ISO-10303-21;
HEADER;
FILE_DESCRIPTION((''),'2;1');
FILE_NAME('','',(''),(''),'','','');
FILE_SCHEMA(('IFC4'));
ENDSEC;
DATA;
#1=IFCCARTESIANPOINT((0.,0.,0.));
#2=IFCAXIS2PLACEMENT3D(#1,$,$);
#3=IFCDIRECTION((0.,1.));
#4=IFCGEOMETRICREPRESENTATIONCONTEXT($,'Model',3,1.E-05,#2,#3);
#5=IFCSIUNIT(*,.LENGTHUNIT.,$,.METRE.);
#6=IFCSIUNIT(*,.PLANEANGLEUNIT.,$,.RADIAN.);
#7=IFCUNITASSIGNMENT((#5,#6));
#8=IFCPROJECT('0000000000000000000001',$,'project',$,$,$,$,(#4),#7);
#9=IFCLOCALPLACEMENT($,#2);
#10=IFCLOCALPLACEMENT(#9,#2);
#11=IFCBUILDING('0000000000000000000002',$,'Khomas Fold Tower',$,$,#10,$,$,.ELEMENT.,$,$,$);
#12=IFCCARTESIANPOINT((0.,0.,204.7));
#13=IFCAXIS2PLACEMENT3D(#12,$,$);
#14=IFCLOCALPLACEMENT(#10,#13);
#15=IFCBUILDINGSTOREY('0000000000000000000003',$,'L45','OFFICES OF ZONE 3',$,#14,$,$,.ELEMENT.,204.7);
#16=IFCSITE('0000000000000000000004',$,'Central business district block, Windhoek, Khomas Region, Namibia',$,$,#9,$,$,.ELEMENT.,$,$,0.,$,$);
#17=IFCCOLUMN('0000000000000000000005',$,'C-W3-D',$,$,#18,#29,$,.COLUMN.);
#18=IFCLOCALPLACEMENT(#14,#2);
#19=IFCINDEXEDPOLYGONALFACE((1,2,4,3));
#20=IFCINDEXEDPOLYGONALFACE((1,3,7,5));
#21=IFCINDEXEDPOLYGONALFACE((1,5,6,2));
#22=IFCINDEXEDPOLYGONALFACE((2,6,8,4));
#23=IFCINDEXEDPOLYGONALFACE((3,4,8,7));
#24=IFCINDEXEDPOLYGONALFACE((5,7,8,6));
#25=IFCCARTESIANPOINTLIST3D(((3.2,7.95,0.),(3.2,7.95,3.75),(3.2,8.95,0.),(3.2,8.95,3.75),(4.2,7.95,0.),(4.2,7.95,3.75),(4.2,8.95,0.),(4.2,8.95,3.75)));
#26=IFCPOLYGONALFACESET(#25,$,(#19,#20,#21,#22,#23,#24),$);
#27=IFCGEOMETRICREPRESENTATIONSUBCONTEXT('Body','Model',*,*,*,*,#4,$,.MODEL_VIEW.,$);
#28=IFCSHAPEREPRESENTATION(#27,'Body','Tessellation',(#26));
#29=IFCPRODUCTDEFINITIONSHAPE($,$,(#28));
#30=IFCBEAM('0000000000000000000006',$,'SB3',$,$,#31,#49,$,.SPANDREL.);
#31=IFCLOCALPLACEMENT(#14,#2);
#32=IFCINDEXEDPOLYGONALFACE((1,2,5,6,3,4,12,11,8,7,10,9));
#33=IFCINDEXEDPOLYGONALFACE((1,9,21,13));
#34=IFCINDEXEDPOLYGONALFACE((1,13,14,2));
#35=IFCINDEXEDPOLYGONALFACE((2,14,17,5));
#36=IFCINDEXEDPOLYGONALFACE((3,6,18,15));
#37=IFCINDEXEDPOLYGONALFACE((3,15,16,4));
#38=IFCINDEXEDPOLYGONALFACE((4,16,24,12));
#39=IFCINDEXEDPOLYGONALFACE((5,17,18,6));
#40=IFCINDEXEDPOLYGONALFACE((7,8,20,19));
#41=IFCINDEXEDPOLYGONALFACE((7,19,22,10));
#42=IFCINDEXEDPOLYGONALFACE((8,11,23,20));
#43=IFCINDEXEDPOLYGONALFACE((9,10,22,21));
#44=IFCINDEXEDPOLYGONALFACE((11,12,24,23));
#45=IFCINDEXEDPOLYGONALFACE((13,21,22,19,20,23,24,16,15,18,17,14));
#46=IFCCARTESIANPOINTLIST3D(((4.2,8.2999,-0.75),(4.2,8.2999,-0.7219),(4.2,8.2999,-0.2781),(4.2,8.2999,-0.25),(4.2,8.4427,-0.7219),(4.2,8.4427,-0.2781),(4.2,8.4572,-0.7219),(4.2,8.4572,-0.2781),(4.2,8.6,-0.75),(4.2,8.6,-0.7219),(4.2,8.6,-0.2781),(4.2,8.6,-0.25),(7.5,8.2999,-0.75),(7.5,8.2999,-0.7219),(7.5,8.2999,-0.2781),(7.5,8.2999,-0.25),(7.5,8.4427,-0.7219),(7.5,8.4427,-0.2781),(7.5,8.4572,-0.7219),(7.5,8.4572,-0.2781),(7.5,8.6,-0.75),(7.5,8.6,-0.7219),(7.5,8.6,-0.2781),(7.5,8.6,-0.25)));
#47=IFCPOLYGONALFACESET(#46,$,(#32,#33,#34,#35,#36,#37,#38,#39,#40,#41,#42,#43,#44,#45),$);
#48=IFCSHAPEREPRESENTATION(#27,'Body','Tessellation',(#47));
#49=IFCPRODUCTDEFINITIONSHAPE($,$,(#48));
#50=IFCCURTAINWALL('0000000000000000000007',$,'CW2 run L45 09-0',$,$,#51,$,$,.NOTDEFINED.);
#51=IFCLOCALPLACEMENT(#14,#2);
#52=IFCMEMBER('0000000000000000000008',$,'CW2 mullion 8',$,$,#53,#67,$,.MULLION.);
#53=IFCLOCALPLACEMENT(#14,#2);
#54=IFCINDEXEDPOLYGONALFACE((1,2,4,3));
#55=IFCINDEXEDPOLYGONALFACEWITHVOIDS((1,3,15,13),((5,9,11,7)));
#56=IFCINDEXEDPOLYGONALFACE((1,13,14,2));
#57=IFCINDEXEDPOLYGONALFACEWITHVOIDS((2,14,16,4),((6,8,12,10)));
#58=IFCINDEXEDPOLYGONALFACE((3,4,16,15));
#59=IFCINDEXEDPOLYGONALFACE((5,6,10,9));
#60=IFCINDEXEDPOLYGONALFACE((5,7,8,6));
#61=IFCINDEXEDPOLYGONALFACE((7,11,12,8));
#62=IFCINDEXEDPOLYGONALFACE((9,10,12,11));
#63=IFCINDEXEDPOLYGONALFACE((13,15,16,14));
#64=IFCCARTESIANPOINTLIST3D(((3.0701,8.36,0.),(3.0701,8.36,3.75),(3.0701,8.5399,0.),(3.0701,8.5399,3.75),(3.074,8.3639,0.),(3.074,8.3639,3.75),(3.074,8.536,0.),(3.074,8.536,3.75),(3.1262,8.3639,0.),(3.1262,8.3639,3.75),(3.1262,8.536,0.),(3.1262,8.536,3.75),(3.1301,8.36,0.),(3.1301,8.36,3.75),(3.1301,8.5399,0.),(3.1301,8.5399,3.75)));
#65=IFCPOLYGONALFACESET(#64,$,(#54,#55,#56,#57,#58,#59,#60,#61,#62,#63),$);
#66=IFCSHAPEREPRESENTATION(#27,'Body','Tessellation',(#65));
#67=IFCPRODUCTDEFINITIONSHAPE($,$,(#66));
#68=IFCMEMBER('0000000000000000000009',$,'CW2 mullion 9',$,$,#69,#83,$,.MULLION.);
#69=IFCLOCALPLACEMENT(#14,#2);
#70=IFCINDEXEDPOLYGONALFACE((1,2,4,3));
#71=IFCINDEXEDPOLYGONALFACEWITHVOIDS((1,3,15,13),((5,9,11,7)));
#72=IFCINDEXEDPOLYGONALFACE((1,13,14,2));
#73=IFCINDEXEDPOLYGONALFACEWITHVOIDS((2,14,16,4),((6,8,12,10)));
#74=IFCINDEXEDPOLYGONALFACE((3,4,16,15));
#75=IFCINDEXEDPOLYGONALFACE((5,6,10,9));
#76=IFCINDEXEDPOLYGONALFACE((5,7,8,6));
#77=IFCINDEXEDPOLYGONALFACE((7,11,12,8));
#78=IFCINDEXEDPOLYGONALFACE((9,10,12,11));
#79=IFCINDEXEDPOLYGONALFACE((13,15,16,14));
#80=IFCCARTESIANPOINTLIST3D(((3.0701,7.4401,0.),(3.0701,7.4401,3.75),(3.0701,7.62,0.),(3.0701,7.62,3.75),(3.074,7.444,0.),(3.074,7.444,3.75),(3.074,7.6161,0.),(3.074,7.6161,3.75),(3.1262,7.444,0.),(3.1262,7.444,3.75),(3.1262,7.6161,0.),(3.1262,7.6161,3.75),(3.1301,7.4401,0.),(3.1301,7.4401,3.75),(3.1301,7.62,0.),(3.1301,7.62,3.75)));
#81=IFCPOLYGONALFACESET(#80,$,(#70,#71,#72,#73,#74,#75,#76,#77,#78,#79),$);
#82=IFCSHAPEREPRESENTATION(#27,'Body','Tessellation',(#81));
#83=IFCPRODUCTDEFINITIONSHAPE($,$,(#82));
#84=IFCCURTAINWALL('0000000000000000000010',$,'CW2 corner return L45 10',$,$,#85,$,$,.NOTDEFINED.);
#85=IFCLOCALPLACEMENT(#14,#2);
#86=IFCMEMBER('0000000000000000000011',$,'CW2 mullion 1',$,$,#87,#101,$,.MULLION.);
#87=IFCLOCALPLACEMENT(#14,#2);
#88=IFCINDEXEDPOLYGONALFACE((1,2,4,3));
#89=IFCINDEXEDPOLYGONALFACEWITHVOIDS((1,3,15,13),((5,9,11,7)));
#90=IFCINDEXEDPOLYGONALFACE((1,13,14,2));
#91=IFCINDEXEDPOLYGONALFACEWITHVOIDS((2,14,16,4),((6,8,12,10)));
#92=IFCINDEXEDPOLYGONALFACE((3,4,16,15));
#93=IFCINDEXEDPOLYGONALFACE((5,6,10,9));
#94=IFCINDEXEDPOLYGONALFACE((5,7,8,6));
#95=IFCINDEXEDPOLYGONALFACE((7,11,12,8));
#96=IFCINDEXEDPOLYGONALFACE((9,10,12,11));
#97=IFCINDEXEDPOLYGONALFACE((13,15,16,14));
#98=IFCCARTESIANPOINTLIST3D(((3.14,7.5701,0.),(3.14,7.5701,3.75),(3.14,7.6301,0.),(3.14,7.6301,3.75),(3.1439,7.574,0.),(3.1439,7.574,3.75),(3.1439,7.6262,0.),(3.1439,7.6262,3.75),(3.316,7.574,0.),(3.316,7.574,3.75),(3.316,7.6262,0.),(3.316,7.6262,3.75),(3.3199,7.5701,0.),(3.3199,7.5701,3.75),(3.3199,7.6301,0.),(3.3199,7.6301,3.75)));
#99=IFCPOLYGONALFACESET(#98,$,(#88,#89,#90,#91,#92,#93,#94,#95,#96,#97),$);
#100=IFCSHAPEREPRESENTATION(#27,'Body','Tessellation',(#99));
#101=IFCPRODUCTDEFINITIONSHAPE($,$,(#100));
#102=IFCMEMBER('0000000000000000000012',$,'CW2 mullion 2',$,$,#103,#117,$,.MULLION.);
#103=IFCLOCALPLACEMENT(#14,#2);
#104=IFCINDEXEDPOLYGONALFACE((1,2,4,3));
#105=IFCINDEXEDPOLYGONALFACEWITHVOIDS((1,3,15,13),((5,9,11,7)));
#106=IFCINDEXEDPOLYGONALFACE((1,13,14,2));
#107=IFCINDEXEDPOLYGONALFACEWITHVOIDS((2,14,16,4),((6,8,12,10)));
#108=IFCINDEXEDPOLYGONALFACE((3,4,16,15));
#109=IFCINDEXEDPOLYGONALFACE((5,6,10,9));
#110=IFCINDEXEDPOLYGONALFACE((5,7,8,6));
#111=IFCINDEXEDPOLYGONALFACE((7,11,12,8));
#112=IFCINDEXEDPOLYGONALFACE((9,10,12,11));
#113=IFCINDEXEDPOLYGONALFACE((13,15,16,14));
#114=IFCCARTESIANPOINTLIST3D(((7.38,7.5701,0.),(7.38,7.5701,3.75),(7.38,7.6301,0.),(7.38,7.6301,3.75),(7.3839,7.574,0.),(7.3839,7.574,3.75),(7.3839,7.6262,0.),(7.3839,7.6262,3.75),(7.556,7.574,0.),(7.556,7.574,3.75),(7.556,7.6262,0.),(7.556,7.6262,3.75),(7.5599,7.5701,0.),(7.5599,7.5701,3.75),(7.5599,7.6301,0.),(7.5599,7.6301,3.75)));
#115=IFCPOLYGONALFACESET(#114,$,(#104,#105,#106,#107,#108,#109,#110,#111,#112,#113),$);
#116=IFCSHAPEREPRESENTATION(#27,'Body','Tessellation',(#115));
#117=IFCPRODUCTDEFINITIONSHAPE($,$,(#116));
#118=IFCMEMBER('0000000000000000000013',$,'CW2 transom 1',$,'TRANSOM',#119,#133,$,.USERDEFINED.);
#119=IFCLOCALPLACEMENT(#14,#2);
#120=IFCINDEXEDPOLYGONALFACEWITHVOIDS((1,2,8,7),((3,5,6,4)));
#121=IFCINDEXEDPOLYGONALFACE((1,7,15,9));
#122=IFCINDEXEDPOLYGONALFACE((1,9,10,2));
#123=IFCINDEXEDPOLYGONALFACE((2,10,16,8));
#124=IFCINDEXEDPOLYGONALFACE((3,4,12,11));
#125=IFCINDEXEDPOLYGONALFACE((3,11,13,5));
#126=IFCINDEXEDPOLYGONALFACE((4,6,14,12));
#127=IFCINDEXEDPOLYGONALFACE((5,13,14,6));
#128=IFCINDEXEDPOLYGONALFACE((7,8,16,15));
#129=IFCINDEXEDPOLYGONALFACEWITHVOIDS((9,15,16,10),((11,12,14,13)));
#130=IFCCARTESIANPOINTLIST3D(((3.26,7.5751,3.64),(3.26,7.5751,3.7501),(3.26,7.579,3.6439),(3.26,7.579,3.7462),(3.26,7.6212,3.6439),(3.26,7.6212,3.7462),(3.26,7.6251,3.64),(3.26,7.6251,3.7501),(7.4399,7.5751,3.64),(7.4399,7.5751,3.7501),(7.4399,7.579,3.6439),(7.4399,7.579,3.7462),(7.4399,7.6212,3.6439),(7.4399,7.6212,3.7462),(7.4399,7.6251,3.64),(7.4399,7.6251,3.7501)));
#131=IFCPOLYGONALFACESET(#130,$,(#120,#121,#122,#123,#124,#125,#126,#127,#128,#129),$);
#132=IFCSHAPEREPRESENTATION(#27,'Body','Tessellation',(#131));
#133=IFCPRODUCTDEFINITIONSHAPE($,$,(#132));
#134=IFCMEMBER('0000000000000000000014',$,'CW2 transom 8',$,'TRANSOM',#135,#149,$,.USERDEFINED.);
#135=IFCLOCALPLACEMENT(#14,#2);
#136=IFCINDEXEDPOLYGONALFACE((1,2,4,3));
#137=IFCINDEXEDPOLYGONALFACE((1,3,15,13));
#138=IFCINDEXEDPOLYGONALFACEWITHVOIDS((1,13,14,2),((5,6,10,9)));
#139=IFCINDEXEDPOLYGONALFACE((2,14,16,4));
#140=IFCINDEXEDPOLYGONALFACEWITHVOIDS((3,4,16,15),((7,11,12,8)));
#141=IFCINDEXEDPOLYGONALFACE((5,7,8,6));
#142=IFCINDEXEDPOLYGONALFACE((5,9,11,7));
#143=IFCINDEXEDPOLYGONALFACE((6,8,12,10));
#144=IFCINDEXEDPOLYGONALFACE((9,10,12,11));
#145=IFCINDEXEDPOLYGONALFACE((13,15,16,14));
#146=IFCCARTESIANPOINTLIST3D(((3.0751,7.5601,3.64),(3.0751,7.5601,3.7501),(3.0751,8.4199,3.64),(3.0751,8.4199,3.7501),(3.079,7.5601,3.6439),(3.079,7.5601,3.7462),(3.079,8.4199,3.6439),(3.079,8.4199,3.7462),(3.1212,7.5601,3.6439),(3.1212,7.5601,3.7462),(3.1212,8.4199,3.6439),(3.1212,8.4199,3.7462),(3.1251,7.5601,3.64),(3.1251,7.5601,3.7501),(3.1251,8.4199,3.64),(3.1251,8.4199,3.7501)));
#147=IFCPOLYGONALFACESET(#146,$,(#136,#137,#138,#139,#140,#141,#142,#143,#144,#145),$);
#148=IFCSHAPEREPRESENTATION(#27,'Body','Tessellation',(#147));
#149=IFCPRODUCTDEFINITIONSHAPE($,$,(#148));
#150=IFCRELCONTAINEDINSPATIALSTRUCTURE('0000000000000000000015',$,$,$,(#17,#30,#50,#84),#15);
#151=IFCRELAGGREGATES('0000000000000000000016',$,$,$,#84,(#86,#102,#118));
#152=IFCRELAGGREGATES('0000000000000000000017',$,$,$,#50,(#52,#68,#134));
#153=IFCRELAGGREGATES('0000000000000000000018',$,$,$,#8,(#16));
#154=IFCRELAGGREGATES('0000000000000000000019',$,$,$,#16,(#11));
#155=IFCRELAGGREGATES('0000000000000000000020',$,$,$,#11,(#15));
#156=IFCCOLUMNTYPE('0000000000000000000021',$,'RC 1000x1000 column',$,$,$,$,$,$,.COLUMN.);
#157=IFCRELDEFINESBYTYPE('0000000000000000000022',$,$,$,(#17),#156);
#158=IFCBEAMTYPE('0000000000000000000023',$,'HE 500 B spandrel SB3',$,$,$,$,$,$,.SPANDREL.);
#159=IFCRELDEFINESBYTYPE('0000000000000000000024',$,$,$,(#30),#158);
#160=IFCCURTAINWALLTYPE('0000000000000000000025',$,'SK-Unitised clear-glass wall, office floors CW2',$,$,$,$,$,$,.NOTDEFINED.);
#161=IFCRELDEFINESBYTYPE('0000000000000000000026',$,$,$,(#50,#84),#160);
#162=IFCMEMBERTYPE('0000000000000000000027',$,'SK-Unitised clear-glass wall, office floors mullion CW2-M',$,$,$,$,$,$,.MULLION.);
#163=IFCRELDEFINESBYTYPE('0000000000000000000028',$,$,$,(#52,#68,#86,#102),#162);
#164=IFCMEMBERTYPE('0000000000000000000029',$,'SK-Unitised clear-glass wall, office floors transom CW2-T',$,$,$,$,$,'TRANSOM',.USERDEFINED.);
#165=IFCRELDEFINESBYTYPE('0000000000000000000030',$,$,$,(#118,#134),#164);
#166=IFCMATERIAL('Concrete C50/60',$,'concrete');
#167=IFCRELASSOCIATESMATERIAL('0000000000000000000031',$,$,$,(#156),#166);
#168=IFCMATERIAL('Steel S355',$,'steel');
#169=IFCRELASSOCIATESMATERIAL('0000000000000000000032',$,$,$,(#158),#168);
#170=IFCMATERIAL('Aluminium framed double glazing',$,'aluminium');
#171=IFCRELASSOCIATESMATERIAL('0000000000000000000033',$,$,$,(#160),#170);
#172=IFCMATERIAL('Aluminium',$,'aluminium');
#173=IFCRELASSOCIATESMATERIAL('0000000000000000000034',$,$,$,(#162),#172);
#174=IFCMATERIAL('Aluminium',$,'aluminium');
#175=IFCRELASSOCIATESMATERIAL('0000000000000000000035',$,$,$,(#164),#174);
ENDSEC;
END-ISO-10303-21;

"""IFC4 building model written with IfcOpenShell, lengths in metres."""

from ifc_helpers import new_model, si_unit, direction, frame, origin, origin_2d, place, context, subcontext, project, spatial, rectangle, hollow_rectangle, i_section, extrude, source, transform, mapped, material, material_profile, profile_set, type_object, element, aggregate, save


model = new_model("IFC4")

# Units and contexts
model_context = context("Model", 3, precision=1e-05, world=origin(), true_north=direction((0.0, 1.0)))
body_context = subcontext(model_context, "Body", "Model", "MODEL_VIEW")
ifc_project = project(units=[si_unit("LENGTHUNIT", "METRE"), si_unit("PLANEANGLEUNIT", "RADIAN")], contexts=[model_context])

# Site, building, storey
site_placement = place(None, origin())
site = spatial("IfcSite", under=ifc_project, at=site_placement, Name="Central business district block, Windhoek, Khomas Region, Namibia", CompositionType="ELEMENT", RefElevation=0.0)
building_placement = place(site_placement, origin())
building = spatial("IfcBuilding", under=site, at=building_placement, Name="Khomas Fold Tower", CompositionType="ELEMENT")
storey_placement = place(building_placement, frame((0.0, 0.0, 204.7)))
storey = spatial("IfcBuildingStorey", under=building, at=storey_placement, Name="L45", Description="OFFICES OF ZONE 3", CompositionType="ELEMENT", Elevation=204.7)

# Column
ifc_material_1 = material(Name="Concrete C50/60", Category="concrete")
ifc_material_profile_1 = material_profile(ifc_material_1, rectangle(XDim=1.0, YDim=1.0, at=origin_2d()), Name="RC 1000x1000")
ifc_profile_set_1 = profile_set([ifc_material_profile_1], Name="Concrete C50/60")
column_type = type_object("IfcColumnType", Name="RC 1000x1000 column", PredefinedType="COLUMN", material=ifc_profile_set_1)
shared_shape_1 = source(origin(), body_context, "Body", "SweptSolid", [
    extrude(rectangle(XDim=1.0, YDim=1.0, at=origin_2d()), origin(), (0.0, 0.0, 1.0), 3.75),
])
column_placement = place(storey_placement, frame((3.7, 8.45, 0.0), z_axis=(0.0, 0.0, 1.0), x_axis=(1.0, 0.0, 0.0)))
element("IfcColumn", 1, at=column_placement, inside=storey, type_object=column_type, Name="C-W3-D", PredefinedType="COLUMN", context=body_context, shape_type="MappedRepresentation", body=[
    mapped(shared_shape_1, transform((0.0, 0.0, 0.0))),
])

# Beam
ifc_material_2 = material(Name="Steel S355", Category="steel")
ifc_material_profile_2 = material_profile(ifc_material_2, i_section(OverallWidth=0.3, OverallDepth=0.5, WebThickness=0.0144, FlangeThickness=0.0281, at=origin_2d()), Name="HE 500 B")
ifc_profile_set_2 = profile_set([ifc_material_profile_2], Name="Steel S355")
beam_type = type_object("IfcBeamType", Name="HE 500 B spandrel SB3", PredefinedType="SPANDREL", material=ifc_profile_set_2)
shared_shape_2 = source(origin(), body_context, "Body", "SweptSolid", [
    extrude(i_section(OverallWidth=0.3, OverallDepth=0.5, WebThickness=0.0144, FlangeThickness=0.0281, at=origin_2d()), origin(), (0.0, 0.0, 1.0), 3.3),
])
beam_placement = place(storey_placement, frame((4.2, 8.45, -0.5), z_axis=(1.0, 0.0, 0.0), x_axis=(0.0, 1.0, 0.0)))
element("IfcBeam", 2, at=beam_placement, inside=storey, type_object=beam_type, Name="SB3", PredefinedType="SPANDREL", context=body_context, shape_type="MappedRepresentation", body=[
    mapped(shared_shape_2, transform((0.0, 0.0, 0.0))),
])

# Curtain walls, members
ifc_material_3 = material(Name="Aluminium framed double glazing", Category="aluminium")
curtain_wall_type = type_object("IfcCurtainWallType", Name="SK-Unitised clear-glass wall, office floors CW2", PredefinedType="NOTDEFINED", material=ifc_material_3)
curtain_wall_1_placement = place(storey_placement, origin())
curtain_wall_1 = element("IfcCurtainWall", 3, at=curtain_wall_1_placement, inside=storey, type_object=curtain_wall_type, Name="CW2 run L45 09-0", PredefinedType="NOTDEFINED")
ifc_material_4 = material(Name="Aluminium", Category="aluminium")
ifc_material_profile_3 = material_profile(ifc_material_4, hollow_rectangle(XDim=0.0601, YDim=0.1799, WallThickness=0.0039, at=origin_2d()), Name="SK-Unitised clear-glass wall, office floors mullion CW2-M")
ifc_profile_set_3 = profile_set([ifc_material_profile_3], Name="Aluminium")
member_type_1 = type_object("IfcMemberType", Name="SK-Unitised clear-glass wall, office floors mullion CW2-M", PredefinedType="MULLION", material=ifc_profile_set_3)
shared_shape_3 = source(origin(), body_context, "Body", "SweptSolid", [
    extrude(hollow_rectangle(XDim=0.0601, YDim=0.1799, WallThickness=0.0039, at=origin_2d()), origin(), (0.0, 0.0, 1.0), 3.75),
])
member_1_placement = place(storey_placement, frame((3.1001, 8.45, 0.0), z_axis=(0.0, 0.0, 1.0), x_axis=(1.0, 0.0, 0.0)))
member_1 = element("IfcMember", 4, at=member_1_placement, type_object=member_type_1, Name="CW2 mullion 8", PredefinedType="MULLION", context=body_context, shape_type="MappedRepresentation", body=[
    mapped(shared_shape_3, transform((0.0, 0.0, 0.0))),
])
member_2_placement = place(storey_placement, frame((3.1001, 7.53, 0.0), z_axis=(0.0, 0.0, 1.0), x_axis=(1.0, 0.0, 0.0)))
member_2 = element("IfcMember", 5, at=member_2_placement, type_object=member_type_1, Name="CW2 mullion 9", PredefinedType="MULLION", context=body_context, shape_type="MappedRepresentation", body=[
    mapped(shared_shape_3, transform((0.0, 0.0, 0.0))),
])
curtain_wall_2_placement = place(storey_placement, origin())
curtain_wall_2 = element("IfcCurtainWall", 6, at=curtain_wall_2_placement, inside=storey, type_object=curtain_wall_type, Name="CW2 corner return L45 10", PredefinedType="NOTDEFINED")
member_3_placement = place(storey_placement, frame((3.23, 7.6001, 0.0), z_axis=(0.0, 0.0, 1.0), x_axis=(0.0, 1.0, 0.0)))
member_3 = element("IfcMember", 7, at=member_3_placement, type_object=member_type_1, Name="CW2 mullion 1", PredefinedType="MULLION", context=body_context, shape_type="MappedRepresentation", body=[
    mapped(shared_shape_3, transform((0.0, 0.0, 0.0))),
])
member_4_placement = place(storey_placement, frame((7.47, 7.6001, 0.0), z_axis=(0.0, 0.0, 1.0), x_axis=(0.0, 1.0, 0.0)))
member_4 = element("IfcMember", 8, at=member_4_placement, type_object=member_type_1, Name="CW2 mullion 2", PredefinedType="MULLION", context=body_context, shape_type="MappedRepresentation", body=[
    mapped(shared_shape_3, transform((0.0, 0.0, 0.0))),
])
ifc_material_5 = material(Name="Aluminium", Category="aluminium")
ifc_material_profile_4 = material_profile(ifc_material_5, hollow_rectangle(XDim=0.05, YDim=0.1101, WallThickness=0.0039, at=origin_2d()), Name="SK-Unitised clear-glass wall, office floors transom CW2-T")
ifc_profile_set_4 = profile_set([ifc_material_profile_4], Name="Aluminium")
member_type_2 = type_object("IfcMemberType", Name="SK-Unitised clear-glass wall, office floors transom CW2-T", ElementType="TRANSOM", PredefinedType="USERDEFINED", material=ifc_profile_set_4)
shared_shape_4 = source(origin(), body_context, "Body", "SweptSolid", [
    extrude(hollow_rectangle(XDim=0.05, YDim=0.1101, WallThickness=0.0039, at=origin_2d()), origin(), (0.0, 0.0, 1.0), 4.1799),
])
member_5_placement = place(storey_placement, frame((3.26, 7.6001, 3.6951), z_axis=(1.0, 0.0, 0.0), x_axis=(0.0, 1.0, 0.0)))
member_5 = element("IfcMember", 9, at=member_5_placement, type_object=member_type_2, Name="CW2 transom 1", ObjectType="TRANSOM", PredefinedType="USERDEFINED", context=body_context, shape_type="MappedRepresentation", body=[
    mapped(shared_shape_4, transform((0.0, 0.0, 0.0))),
])

# Member
shared_shape_5 = source(origin(), body_context, "Body", "SweptSolid", [
    extrude(hollow_rectangle(XDim=0.05, YDim=0.1101, WallThickness=0.0039, at=origin_2d()), origin(), (0.0, 0.0, 1.0), 0.8599),
])
member_6_placement = place(storey_placement, frame((3.1001, 8.4199, 3.6951), z_axis=(0.0, -1.0, 0.0), x_axis=(1.0, 0.0, 0.0)))
member_6 = element("IfcMember", 10, at=member_6_placement, type_object=member_type_2, Name="CW2 transom 8", ObjectType="TRANSOM", PredefinedType="USERDEFINED", context=body_context, shape_type="MappedRepresentation", body=[
    mapped(shared_shape_5, transform((0.0, 0.0, 0.0))),
])

aggregate(curtain_wall_2, [member_3, member_4, member_5])
aggregate(curtain_wall_1, [member_1, member_2, member_6])

save(model, "model.ifc")
